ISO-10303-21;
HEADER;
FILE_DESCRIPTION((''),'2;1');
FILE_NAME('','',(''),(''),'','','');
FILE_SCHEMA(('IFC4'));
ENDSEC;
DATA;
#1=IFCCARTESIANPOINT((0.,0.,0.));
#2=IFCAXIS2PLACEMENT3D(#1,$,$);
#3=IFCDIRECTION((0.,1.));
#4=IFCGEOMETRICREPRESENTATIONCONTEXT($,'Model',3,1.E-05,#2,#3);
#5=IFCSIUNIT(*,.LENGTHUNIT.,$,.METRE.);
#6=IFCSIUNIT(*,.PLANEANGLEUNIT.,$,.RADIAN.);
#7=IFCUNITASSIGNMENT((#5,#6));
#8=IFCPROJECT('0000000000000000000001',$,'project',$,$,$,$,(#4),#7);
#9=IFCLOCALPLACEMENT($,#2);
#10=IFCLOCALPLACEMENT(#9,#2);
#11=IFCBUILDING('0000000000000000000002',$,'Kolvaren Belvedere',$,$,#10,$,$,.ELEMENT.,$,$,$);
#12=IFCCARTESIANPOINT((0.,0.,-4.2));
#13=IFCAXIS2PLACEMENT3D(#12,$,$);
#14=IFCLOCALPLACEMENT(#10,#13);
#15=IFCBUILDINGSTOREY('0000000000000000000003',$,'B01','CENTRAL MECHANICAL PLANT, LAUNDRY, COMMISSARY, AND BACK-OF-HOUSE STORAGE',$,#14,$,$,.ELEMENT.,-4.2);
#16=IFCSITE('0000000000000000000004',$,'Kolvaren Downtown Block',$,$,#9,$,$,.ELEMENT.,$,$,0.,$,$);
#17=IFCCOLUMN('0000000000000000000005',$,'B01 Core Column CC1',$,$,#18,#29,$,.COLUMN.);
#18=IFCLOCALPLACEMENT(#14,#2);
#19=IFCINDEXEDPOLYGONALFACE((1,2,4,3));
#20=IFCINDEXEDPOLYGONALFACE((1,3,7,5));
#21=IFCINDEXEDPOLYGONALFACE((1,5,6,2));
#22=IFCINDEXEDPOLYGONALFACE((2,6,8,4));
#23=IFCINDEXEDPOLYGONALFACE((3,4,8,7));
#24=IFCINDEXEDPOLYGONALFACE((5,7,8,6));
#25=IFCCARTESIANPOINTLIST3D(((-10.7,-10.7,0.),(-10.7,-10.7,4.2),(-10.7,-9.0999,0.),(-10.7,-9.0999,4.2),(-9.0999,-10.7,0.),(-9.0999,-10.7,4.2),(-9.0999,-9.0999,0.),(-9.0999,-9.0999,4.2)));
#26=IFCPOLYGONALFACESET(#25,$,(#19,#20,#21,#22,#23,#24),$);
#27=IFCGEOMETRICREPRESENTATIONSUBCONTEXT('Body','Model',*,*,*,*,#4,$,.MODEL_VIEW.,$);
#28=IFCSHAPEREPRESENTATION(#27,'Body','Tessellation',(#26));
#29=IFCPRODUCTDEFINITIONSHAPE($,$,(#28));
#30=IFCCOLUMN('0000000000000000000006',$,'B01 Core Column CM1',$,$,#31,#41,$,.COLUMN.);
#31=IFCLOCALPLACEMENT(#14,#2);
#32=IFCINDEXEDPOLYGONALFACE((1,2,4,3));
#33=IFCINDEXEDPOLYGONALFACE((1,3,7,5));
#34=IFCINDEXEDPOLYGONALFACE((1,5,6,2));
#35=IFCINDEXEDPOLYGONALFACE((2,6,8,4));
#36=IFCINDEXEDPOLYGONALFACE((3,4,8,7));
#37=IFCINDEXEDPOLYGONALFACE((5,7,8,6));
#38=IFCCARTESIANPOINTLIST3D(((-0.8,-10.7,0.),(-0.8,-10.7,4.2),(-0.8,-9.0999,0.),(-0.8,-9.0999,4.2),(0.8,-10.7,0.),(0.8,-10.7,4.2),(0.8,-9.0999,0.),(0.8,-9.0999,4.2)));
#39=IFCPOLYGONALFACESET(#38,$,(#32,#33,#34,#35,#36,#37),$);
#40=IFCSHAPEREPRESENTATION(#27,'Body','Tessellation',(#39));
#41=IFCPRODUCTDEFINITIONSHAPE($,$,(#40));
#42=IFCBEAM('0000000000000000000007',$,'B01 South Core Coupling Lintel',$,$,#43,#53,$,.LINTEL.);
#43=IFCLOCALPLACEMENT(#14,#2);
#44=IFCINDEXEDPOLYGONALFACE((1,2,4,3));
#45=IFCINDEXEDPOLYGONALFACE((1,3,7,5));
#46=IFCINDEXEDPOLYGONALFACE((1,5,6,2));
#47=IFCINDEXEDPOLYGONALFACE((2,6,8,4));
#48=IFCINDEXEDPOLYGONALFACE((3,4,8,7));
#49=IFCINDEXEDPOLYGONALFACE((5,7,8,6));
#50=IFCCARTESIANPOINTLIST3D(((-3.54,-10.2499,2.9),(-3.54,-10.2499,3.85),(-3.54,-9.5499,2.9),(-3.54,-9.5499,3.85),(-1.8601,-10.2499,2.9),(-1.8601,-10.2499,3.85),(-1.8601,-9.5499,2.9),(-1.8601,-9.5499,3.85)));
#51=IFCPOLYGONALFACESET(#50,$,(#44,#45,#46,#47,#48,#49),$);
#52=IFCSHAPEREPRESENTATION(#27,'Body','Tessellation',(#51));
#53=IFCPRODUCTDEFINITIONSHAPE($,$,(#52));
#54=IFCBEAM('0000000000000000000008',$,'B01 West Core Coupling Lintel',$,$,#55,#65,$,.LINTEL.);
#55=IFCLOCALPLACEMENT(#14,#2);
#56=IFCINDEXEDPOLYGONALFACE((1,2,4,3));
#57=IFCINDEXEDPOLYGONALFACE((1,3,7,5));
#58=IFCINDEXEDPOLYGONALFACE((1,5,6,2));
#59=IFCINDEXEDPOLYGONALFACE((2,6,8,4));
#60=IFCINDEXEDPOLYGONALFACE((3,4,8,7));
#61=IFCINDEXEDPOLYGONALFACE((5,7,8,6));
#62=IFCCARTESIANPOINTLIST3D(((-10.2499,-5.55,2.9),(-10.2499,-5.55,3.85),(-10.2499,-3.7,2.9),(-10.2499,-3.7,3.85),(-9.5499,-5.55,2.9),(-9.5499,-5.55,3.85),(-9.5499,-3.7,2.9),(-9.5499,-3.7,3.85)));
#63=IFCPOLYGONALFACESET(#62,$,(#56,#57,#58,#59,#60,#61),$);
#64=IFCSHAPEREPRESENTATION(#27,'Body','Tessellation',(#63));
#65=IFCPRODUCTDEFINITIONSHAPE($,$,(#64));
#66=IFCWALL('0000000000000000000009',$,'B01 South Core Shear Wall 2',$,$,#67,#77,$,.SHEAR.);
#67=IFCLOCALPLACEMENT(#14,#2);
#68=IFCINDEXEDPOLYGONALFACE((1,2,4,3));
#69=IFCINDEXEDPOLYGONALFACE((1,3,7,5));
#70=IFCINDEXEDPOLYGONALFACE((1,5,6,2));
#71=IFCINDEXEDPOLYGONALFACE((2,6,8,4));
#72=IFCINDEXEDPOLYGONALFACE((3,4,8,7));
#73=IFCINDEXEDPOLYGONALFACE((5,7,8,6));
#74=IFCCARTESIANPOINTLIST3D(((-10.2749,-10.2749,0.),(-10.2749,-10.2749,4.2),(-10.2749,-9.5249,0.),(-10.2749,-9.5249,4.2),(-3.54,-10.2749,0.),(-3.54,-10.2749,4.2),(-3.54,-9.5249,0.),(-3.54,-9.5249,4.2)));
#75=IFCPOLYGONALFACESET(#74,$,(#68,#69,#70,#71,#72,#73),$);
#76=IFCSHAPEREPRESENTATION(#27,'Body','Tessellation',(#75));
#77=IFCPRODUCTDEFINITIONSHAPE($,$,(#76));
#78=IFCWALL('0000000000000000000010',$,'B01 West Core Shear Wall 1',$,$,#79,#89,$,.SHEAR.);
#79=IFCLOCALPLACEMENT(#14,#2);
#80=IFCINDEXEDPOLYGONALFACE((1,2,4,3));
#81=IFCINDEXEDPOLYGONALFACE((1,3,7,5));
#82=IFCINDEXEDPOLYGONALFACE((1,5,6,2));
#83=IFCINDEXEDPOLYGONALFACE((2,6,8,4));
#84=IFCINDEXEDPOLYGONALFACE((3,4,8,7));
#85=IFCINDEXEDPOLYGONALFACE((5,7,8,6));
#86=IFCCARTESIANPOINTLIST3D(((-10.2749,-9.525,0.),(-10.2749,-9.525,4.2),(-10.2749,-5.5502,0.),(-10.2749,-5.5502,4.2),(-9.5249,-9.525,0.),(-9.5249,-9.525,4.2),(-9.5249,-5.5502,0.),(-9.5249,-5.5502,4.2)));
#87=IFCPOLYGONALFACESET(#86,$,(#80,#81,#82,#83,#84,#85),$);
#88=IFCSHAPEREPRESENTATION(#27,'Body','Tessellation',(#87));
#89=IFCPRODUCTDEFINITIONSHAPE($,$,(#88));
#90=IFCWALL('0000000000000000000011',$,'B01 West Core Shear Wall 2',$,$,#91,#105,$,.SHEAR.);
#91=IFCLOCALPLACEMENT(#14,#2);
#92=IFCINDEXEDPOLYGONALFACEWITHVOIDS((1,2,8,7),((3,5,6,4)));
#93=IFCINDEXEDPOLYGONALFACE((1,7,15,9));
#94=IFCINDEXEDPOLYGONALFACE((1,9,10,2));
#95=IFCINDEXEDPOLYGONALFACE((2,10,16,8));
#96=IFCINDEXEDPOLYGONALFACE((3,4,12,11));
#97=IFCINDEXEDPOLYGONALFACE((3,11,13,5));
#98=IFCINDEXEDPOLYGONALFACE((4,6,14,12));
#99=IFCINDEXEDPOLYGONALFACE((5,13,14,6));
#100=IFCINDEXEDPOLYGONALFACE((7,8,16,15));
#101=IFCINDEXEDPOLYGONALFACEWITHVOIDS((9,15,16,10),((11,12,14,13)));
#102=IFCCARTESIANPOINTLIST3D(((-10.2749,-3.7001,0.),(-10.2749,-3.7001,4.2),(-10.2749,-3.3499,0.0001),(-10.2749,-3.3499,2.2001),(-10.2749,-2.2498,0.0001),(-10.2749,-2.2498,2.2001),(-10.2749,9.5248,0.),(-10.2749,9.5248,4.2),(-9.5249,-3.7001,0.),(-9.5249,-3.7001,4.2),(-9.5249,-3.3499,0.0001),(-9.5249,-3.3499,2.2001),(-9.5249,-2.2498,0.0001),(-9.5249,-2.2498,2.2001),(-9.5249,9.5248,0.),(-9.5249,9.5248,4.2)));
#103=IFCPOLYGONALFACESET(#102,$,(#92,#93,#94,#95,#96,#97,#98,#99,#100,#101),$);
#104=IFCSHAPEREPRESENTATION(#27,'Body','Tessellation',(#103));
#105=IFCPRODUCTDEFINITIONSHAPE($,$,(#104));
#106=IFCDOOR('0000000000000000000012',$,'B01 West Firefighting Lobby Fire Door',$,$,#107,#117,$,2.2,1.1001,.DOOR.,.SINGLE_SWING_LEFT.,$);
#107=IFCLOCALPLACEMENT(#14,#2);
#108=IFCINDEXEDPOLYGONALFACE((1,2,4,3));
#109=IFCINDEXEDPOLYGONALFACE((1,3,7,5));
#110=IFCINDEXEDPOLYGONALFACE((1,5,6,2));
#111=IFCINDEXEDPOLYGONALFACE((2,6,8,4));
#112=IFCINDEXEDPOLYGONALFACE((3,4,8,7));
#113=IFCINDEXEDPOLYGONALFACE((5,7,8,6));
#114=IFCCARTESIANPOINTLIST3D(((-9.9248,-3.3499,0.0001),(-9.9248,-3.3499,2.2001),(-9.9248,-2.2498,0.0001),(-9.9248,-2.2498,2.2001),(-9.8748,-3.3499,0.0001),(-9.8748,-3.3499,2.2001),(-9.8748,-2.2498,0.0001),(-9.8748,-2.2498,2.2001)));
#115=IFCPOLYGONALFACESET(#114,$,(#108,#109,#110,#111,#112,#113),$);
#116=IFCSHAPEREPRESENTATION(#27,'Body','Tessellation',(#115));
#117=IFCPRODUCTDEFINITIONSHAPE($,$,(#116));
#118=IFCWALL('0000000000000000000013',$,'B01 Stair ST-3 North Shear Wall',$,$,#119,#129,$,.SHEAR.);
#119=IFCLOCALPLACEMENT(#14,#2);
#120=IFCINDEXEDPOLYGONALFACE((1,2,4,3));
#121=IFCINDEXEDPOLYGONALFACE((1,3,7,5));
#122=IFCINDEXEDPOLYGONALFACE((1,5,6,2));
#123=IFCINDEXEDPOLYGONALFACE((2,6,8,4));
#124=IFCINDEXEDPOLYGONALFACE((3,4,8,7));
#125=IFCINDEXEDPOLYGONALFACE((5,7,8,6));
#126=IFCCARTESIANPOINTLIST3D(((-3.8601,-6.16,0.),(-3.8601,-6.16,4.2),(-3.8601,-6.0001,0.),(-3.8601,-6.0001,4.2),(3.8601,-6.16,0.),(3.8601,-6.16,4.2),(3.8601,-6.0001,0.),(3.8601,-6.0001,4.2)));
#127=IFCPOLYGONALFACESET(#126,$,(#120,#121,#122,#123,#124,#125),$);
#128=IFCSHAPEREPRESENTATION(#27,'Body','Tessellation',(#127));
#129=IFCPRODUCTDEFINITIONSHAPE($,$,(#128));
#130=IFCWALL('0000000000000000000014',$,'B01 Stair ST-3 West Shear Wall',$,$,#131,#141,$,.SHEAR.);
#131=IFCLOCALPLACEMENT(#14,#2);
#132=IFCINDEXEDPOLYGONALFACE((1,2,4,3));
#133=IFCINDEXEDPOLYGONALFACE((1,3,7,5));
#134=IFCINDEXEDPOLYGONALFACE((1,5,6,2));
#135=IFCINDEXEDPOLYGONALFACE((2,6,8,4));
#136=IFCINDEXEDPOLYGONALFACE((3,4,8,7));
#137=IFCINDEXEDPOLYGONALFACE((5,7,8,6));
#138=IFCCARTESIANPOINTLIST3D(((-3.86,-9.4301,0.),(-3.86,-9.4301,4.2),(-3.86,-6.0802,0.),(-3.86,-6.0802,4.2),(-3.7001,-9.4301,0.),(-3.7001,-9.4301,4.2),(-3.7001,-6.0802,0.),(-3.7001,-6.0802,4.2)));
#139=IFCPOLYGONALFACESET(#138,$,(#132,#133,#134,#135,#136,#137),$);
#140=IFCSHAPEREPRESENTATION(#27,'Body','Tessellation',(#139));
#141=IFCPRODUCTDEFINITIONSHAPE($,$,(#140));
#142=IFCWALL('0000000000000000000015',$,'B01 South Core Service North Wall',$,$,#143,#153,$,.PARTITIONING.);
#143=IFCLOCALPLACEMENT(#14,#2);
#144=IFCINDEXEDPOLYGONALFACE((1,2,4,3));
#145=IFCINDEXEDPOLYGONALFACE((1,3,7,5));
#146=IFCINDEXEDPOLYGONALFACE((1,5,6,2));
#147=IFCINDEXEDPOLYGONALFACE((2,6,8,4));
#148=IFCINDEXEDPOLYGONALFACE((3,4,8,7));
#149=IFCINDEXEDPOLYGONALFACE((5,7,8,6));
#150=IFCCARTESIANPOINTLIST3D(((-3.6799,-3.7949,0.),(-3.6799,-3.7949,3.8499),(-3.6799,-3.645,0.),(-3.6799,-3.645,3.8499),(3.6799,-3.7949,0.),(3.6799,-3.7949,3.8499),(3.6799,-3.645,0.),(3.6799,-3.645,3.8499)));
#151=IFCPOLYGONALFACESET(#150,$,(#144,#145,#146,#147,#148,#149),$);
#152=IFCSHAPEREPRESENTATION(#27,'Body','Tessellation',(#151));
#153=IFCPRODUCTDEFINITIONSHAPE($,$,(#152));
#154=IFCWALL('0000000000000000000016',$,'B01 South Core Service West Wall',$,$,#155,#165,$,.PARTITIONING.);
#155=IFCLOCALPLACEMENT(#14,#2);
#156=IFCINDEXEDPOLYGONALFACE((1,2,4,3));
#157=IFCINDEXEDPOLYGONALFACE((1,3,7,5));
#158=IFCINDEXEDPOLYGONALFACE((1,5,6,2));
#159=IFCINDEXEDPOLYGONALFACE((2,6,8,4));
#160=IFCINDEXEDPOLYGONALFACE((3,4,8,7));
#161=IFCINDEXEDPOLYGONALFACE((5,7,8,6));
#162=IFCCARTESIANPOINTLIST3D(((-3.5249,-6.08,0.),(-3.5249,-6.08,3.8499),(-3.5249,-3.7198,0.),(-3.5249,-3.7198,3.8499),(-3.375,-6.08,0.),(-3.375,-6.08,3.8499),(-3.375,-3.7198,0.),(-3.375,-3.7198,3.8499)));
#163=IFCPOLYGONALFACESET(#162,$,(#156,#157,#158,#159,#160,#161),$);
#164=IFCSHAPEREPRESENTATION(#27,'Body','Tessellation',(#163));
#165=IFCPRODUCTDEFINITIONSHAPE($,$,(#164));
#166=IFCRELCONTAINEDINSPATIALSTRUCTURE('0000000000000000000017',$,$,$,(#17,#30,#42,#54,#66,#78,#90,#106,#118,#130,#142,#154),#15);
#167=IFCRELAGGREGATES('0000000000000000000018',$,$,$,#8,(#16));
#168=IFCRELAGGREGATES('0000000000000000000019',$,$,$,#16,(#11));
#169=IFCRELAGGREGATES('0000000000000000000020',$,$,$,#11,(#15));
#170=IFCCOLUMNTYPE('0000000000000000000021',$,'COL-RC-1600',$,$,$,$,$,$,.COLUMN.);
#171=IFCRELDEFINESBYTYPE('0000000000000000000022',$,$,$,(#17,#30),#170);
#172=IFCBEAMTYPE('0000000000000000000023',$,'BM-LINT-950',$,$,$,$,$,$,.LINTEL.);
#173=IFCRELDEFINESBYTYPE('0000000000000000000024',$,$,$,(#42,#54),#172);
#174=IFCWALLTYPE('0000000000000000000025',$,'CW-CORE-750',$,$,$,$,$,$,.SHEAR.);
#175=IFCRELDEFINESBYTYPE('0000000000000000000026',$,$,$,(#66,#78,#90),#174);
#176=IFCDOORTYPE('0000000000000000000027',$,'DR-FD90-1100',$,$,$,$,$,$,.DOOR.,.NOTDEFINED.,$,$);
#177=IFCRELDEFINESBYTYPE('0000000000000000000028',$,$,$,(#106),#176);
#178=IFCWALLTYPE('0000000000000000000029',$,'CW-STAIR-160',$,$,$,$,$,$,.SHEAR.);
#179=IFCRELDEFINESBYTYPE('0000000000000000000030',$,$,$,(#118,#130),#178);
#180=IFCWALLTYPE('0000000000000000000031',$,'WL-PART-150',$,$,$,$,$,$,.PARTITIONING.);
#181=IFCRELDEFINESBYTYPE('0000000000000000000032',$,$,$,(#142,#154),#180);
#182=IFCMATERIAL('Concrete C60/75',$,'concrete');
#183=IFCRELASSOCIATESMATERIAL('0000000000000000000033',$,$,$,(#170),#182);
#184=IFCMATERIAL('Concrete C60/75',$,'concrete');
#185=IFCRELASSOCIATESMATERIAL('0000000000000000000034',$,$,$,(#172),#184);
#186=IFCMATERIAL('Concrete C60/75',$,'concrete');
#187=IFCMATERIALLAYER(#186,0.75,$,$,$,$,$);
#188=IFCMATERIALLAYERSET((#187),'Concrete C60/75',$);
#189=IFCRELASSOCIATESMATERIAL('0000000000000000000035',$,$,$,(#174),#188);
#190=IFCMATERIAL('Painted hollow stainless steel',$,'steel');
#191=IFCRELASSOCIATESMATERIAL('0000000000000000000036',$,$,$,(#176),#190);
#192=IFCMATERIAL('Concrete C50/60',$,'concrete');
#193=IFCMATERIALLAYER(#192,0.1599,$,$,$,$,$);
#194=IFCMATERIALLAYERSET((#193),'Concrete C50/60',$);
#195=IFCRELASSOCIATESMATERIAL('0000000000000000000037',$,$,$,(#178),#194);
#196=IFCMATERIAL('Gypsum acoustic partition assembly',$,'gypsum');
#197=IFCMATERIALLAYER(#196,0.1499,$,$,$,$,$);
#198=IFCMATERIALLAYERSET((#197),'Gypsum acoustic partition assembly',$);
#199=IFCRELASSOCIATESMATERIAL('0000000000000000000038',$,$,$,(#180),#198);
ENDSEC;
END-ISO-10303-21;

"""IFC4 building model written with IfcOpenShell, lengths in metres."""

from ifc_helpers import new_model, si_unit, direction, frame, frame_2d, origin, origin_2d, place, context, subcontext, project, spatial, rectangle, extrude, material, layer, layer_set, material_profile, profile_set, type_object, element, fill, save


model = new_model("IFC4")

# Units and contexts
model_context = context("Model", 3, precision=1e-05, world=origin(), true_north=direction((0.0, 1.0)))
body_context = subcontext(model_context, "Body", "Model", "MODEL_VIEW")
ifc_project = project(units=[si_unit("LENGTHUNIT", "METRE"), si_unit("PLANEANGLEUNIT", "RADIAN")], contexts=[model_context])

# Site, building, storey
site_placement = place(None, origin())
site = spatial("IfcSite", under=ifc_project, at=site_placement, Name="Kolvaren Downtown Block", CompositionType="ELEMENT", RefElevation=0.0)
building_placement = place(site_placement, origin())
building = spatial("IfcBuilding", under=site, at=building_placement, Name="Kolvaren Belvedere", CompositionType="ELEMENT")
storey_placement = place(building_placement, frame((0.0, 0.0, -4.2)))
storey = spatial("IfcBuildingStorey", under=building, at=storey_placement, Name="B01", Description="CENTRAL MECHANICAL PLANT, LAUNDRY, COMMISSARY, AND BACK-OF-HOUSE STORAGE", CompositionType="ELEMENT", Elevation=-4.2)

# Columns
ifc_material_1 = material(Name="Concrete C60/75", Category="concrete")
ifc_material_profile_1 = material_profile(ifc_material_1, rectangle(XDim=1.6001, YDim=1.6001, at=origin_2d()), Name="RC 1600X1600")
ifc_profile_set_1 = profile_set([ifc_material_profile_1], Name="Concrete C60/75")
column_type = type_object("IfcColumnType", Name="COL-RC-1600", PredefinedType="COLUMN", material=ifc_profile_set_1)
for number, where, z_axis, x_axis, name in (
    (1, (-9.8999, -9.8999, 0.0), (0.0, 0.0, 1.0), (1.0, 0.0, 0.0), "B01 Core Column CC1"),
    (2, (0.0, -9.8999, 0.0), (0.0, 0.0, 1.0), (1.0, 0.0, 0.0), "B01 Core Column CM1"),
):
    element("IfcColumn", number, at=place(storey_placement, frame(where, z_axis=z_axis, x_axis=x_axis)), inside=storey, type_object=column_type, Name=name, PredefinedType="COLUMN", context=body_context, shape_type="SweptSolid", body=[
        extrude(rectangle(XDim=1.6001, YDim=1.6001, at=origin_2d()), origin(), (0.0, 0.0, 1.0), 4.2),
    ])

# Beams
ifc_material_2 = material(Name="Concrete C60/75", Category="concrete")
ifc_material_profile_2 = material_profile(ifc_material_2, rectangle(XDim=0.7, YDim=0.95, at=origin_2d()), Name="RC 700X950")
ifc_profile_set_2 = profile_set([ifc_material_profile_2], Name="Concrete C60/75")
beam_type = type_object("IfcBeamType", Name="BM-LINT-950", PredefinedType="LINTEL", material=ifc_profile_set_2)
beam_1_placement = place(storey_placement, frame((-3.54, -9.8999, 3.375), z_axis=(1.0, 0.0, 0.0), x_axis=(0.0, 1.0, 0.0)))
element("IfcBeam", 3, at=beam_1_placement, inside=storey, type_object=beam_type, Name="B01 South Core Coupling Lintel", PredefinedType="LINTEL", context=body_context, shape_type="SweptSolid", body=[
    extrude(rectangle(XDim=0.7, YDim=0.95, at=origin_2d()), origin(), (0.0, 0.0, 1.0), 1.6799),
])
beam_2_placement = place(storey_placement, frame((-9.8999, -5.55, 3.375), z_axis=(0.0, 1.0, 0.0), x_axis=(-1.0, 0.0, 0.0)))
element("IfcBeam", 4, at=beam_2_placement, inside=storey, type_object=beam_type, Name="B01 West Core Coupling Lintel", PredefinedType="LINTEL", context=body_context, shape_type="SweptSolid", body=[
    extrude(rectangle(XDim=0.7, YDim=0.95, at=origin_2d()), origin(), (0.0, 0.0, 1.0), 1.8501),
])

# Walls
ifc_material_3 = material(Name="Concrete C60/75", Category="concrete")
ifc_layer_1 = layer(ifc_material_3, 0.75)
ifc_layer_set_1 = layer_set([ifc_layer_1], Name="Concrete C60/75")
wall_type_1 = type_object("IfcWallType", Name="CW-CORE-750", PredefinedType="SHEAR", material=ifc_layer_set_1)
wall_1_placement = place(storey_placement, frame((-3.54, -9.8999, 0.0), z_axis=(0.0, 0.0, 1.0), x_axis=(-1.0, 0.0, 0.0)))
element("IfcWall", 5, at=wall_1_placement, inside=storey, type_object=wall_type_1, Name="B01 South Core Shear Wall 2", PredefinedType="SHEAR", context=body_context, shape_type="SweptSolid", body=[
    extrude(rectangle(XDim=6.7349, YDim=0.75, at=frame_2d((3.3674, 0.0))), origin(), (0.0, 0.0, 1.0), 4.2),
])
wall_2_placement = place(storey_placement, frame((-9.8999, -9.5249, 0.0), z_axis=(0.0, 0.0, 1.0), x_axis=(0.0, 1.0, 0.0)))
element("IfcWall", 6, at=wall_2_placement, inside=storey, type_object=wall_type_1, Name="B01 West Core Shear Wall 1", PredefinedType="SHEAR", context=body_context, shape_type="SweptSolid", body=[
    extrude(rectangle(XDim=3.9749, YDim=0.75, at=frame_2d((1.9873, 0.0))), origin(), (0.0, 0.0, 1.0), 4.2),
])

# Wall, opening, door
wall_3_placement = place(storey_placement, frame((-9.8999, -3.7, 0.0), z_axis=(0.0, 0.0, 1.0), x_axis=(0.0, 1.0, 0.0)))
wall_3 = element("IfcWall", 7, at=wall_3_placement, inside=storey, type_object=wall_type_1, Name="B01 West Core Shear Wall 2", PredefinedType="SHEAR", context=body_context, shape_type="SweptSolid", body=[
    extrude(rectangle(XDim=13.2249, YDim=0.75, at=frame_2d((6.6123, 0.0))), origin(), (0.0, 0.0, 1.0), 4.2),
])
opening_1_placement = place(wall_3_placement, frame((0.3501, 0.0, 0.0)))
opening_1 = element("IfcOpeningElement", 8, at=opening_1_placement, cuts=wall_3, PredefinedType="OPENING", context=body_context, shape_type="SweptSolid", body=[
    extrude(rectangle(XDim=1.1001, YDim=2.2, at=frame_2d((0.55, 1.1001))), frame((0.0, 0.385, 0.0), z_axis=(0.0, -1.0, 0.0), x_axis=(1.0, 0.0, 0.0)), (0.0, 0.0, 1.0), 0.77),
])
ifc_material_4 = material(Name="Painted hollow stainless steel", Category="steel")
door_type_1 = type_object("IfcDoorType", Name="DR-FD90-1100", OperationType="NOTDEFINED", PredefinedType="DOOR", material=ifc_material_4)
door_1_placement = place(opening_1_placement, origin())
door_1 = element("IfcDoor", 9, at=door_1_placement, inside=storey, type_object=door_type_1, Name="B01 West Firefighting Lobby Fire Door", OperationType="SINGLE_SWING_LEFT", OverallHeight=2.2, OverallWidth=1.1001, PredefinedType="DOOR", context=body_context, shape_type="SweptSolid", body=[
    extrude(rectangle(XDim=1.1001, YDim=2.2, at=frame_2d((0.55, 1.1001))), frame((0.0, 0.0249, 0.0), z_axis=(0.0, -1.0, 0.0), x_axis=(1.0, 0.0, 0.0)), (0.0, 0.0, 1.0), 0.05),
])
fill(opening_1, door_1)

# Walls
ifc_material_5 = material(Name="Concrete C50/60", Category="concrete")
ifc_layer_2 = layer(ifc_material_5, 0.1599)
ifc_layer_set_2 = layer_set([ifc_layer_2], Name="Concrete C50/60")
wall_type_2 = type_object("IfcWallType", Name="CW-STAIR-160", PredefinedType="SHEAR", material=ifc_layer_set_2)
wall_4_placement = place(storey_placement, frame((-3.8601, -6.0801, 0.0), z_axis=(0.0, 0.0, 1.0), x_axis=(1.0, 0.0, 0.0)))
element("IfcWall", 10, at=wall_4_placement, inside=storey, type_object=wall_type_2, Name="B01 Stair ST-3 North Shear Wall", PredefinedType="SHEAR", context=body_context, shape_type="SweptSolid", body=[
    extrude(rectangle(XDim=7.7202, YDim=0.1599, at=frame_2d((3.8601, 0.0))), origin(), (0.0, 0.0, 1.0), 4.2),
])
wall_5_placement = place(storey_placement, frame((-3.78, -9.4299, 0.0), z_axis=(0.0, 0.0, 1.0), x_axis=(0.0, 1.0, 0.0)))
element("IfcWall", 11, at=wall_5_placement, inside=storey, type_object=wall_type_2, Name="B01 Stair ST-3 West Shear Wall", PredefinedType="SHEAR", context=body_context, shape_type="SweptSolid", body=[
    extrude(rectangle(XDim=3.3499, YDim=0.1599, at=frame_2d((1.6748, 0.0))), origin(), (0.0, 0.0, 1.0), 4.2),
])
ifc_material_6 = material(Name="Gypsum acoustic partition assembly", Category="gypsum")
ifc_layer_3 = layer(ifc_material_6, 0.1499)
ifc_layer_set_3 = layer_set([ifc_layer_3], Name="Gypsum acoustic partition assembly")
wall_type_3 = type_object("IfcWallType", Name="WL-PART-150", PredefinedType="PARTITIONING", material=ifc_layer_set_3)
wall_6_placement = place(storey_placement, frame((-3.6799, -3.72, 0.0), z_axis=(0.0, 0.0, 1.0), x_axis=(1.0, 0.0, 0.0)))
element("IfcWall", 12, at=wall_6_placement, inside=storey, type_object=wall_type_3, Name="B01 South Core Service North Wall", PredefinedType="PARTITIONING", context=body_context, shape_type="SweptSolid", body=[
    extrude(rectangle(XDim=7.3599, YDim=0.1499, at=frame_2d((3.6799, 0.0))), origin(), (0.0, 0.0, 1.0), 3.8499),
])
wall_7_placement = place(storey_placement, frame((-3.45, -6.0801, 0.0), z_axis=(0.0, 0.0, 1.0), x_axis=(0.0, 1.0, 0.0)))
element("IfcWall", 13, at=wall_7_placement, inside=storey, type_object=wall_type_3, Name="B01 South Core Service West Wall", PredefinedType="PARTITIONING", context=body_context, shape_type="SweptSolid", body=[
    extrude(rectangle(XDim=2.3601, YDim=0.1499, at=frame_2d((1.1802, 0.0))), origin(), (0.0, 0.0, 1.0), 3.8499),
])

save(model, "model.ifc")
